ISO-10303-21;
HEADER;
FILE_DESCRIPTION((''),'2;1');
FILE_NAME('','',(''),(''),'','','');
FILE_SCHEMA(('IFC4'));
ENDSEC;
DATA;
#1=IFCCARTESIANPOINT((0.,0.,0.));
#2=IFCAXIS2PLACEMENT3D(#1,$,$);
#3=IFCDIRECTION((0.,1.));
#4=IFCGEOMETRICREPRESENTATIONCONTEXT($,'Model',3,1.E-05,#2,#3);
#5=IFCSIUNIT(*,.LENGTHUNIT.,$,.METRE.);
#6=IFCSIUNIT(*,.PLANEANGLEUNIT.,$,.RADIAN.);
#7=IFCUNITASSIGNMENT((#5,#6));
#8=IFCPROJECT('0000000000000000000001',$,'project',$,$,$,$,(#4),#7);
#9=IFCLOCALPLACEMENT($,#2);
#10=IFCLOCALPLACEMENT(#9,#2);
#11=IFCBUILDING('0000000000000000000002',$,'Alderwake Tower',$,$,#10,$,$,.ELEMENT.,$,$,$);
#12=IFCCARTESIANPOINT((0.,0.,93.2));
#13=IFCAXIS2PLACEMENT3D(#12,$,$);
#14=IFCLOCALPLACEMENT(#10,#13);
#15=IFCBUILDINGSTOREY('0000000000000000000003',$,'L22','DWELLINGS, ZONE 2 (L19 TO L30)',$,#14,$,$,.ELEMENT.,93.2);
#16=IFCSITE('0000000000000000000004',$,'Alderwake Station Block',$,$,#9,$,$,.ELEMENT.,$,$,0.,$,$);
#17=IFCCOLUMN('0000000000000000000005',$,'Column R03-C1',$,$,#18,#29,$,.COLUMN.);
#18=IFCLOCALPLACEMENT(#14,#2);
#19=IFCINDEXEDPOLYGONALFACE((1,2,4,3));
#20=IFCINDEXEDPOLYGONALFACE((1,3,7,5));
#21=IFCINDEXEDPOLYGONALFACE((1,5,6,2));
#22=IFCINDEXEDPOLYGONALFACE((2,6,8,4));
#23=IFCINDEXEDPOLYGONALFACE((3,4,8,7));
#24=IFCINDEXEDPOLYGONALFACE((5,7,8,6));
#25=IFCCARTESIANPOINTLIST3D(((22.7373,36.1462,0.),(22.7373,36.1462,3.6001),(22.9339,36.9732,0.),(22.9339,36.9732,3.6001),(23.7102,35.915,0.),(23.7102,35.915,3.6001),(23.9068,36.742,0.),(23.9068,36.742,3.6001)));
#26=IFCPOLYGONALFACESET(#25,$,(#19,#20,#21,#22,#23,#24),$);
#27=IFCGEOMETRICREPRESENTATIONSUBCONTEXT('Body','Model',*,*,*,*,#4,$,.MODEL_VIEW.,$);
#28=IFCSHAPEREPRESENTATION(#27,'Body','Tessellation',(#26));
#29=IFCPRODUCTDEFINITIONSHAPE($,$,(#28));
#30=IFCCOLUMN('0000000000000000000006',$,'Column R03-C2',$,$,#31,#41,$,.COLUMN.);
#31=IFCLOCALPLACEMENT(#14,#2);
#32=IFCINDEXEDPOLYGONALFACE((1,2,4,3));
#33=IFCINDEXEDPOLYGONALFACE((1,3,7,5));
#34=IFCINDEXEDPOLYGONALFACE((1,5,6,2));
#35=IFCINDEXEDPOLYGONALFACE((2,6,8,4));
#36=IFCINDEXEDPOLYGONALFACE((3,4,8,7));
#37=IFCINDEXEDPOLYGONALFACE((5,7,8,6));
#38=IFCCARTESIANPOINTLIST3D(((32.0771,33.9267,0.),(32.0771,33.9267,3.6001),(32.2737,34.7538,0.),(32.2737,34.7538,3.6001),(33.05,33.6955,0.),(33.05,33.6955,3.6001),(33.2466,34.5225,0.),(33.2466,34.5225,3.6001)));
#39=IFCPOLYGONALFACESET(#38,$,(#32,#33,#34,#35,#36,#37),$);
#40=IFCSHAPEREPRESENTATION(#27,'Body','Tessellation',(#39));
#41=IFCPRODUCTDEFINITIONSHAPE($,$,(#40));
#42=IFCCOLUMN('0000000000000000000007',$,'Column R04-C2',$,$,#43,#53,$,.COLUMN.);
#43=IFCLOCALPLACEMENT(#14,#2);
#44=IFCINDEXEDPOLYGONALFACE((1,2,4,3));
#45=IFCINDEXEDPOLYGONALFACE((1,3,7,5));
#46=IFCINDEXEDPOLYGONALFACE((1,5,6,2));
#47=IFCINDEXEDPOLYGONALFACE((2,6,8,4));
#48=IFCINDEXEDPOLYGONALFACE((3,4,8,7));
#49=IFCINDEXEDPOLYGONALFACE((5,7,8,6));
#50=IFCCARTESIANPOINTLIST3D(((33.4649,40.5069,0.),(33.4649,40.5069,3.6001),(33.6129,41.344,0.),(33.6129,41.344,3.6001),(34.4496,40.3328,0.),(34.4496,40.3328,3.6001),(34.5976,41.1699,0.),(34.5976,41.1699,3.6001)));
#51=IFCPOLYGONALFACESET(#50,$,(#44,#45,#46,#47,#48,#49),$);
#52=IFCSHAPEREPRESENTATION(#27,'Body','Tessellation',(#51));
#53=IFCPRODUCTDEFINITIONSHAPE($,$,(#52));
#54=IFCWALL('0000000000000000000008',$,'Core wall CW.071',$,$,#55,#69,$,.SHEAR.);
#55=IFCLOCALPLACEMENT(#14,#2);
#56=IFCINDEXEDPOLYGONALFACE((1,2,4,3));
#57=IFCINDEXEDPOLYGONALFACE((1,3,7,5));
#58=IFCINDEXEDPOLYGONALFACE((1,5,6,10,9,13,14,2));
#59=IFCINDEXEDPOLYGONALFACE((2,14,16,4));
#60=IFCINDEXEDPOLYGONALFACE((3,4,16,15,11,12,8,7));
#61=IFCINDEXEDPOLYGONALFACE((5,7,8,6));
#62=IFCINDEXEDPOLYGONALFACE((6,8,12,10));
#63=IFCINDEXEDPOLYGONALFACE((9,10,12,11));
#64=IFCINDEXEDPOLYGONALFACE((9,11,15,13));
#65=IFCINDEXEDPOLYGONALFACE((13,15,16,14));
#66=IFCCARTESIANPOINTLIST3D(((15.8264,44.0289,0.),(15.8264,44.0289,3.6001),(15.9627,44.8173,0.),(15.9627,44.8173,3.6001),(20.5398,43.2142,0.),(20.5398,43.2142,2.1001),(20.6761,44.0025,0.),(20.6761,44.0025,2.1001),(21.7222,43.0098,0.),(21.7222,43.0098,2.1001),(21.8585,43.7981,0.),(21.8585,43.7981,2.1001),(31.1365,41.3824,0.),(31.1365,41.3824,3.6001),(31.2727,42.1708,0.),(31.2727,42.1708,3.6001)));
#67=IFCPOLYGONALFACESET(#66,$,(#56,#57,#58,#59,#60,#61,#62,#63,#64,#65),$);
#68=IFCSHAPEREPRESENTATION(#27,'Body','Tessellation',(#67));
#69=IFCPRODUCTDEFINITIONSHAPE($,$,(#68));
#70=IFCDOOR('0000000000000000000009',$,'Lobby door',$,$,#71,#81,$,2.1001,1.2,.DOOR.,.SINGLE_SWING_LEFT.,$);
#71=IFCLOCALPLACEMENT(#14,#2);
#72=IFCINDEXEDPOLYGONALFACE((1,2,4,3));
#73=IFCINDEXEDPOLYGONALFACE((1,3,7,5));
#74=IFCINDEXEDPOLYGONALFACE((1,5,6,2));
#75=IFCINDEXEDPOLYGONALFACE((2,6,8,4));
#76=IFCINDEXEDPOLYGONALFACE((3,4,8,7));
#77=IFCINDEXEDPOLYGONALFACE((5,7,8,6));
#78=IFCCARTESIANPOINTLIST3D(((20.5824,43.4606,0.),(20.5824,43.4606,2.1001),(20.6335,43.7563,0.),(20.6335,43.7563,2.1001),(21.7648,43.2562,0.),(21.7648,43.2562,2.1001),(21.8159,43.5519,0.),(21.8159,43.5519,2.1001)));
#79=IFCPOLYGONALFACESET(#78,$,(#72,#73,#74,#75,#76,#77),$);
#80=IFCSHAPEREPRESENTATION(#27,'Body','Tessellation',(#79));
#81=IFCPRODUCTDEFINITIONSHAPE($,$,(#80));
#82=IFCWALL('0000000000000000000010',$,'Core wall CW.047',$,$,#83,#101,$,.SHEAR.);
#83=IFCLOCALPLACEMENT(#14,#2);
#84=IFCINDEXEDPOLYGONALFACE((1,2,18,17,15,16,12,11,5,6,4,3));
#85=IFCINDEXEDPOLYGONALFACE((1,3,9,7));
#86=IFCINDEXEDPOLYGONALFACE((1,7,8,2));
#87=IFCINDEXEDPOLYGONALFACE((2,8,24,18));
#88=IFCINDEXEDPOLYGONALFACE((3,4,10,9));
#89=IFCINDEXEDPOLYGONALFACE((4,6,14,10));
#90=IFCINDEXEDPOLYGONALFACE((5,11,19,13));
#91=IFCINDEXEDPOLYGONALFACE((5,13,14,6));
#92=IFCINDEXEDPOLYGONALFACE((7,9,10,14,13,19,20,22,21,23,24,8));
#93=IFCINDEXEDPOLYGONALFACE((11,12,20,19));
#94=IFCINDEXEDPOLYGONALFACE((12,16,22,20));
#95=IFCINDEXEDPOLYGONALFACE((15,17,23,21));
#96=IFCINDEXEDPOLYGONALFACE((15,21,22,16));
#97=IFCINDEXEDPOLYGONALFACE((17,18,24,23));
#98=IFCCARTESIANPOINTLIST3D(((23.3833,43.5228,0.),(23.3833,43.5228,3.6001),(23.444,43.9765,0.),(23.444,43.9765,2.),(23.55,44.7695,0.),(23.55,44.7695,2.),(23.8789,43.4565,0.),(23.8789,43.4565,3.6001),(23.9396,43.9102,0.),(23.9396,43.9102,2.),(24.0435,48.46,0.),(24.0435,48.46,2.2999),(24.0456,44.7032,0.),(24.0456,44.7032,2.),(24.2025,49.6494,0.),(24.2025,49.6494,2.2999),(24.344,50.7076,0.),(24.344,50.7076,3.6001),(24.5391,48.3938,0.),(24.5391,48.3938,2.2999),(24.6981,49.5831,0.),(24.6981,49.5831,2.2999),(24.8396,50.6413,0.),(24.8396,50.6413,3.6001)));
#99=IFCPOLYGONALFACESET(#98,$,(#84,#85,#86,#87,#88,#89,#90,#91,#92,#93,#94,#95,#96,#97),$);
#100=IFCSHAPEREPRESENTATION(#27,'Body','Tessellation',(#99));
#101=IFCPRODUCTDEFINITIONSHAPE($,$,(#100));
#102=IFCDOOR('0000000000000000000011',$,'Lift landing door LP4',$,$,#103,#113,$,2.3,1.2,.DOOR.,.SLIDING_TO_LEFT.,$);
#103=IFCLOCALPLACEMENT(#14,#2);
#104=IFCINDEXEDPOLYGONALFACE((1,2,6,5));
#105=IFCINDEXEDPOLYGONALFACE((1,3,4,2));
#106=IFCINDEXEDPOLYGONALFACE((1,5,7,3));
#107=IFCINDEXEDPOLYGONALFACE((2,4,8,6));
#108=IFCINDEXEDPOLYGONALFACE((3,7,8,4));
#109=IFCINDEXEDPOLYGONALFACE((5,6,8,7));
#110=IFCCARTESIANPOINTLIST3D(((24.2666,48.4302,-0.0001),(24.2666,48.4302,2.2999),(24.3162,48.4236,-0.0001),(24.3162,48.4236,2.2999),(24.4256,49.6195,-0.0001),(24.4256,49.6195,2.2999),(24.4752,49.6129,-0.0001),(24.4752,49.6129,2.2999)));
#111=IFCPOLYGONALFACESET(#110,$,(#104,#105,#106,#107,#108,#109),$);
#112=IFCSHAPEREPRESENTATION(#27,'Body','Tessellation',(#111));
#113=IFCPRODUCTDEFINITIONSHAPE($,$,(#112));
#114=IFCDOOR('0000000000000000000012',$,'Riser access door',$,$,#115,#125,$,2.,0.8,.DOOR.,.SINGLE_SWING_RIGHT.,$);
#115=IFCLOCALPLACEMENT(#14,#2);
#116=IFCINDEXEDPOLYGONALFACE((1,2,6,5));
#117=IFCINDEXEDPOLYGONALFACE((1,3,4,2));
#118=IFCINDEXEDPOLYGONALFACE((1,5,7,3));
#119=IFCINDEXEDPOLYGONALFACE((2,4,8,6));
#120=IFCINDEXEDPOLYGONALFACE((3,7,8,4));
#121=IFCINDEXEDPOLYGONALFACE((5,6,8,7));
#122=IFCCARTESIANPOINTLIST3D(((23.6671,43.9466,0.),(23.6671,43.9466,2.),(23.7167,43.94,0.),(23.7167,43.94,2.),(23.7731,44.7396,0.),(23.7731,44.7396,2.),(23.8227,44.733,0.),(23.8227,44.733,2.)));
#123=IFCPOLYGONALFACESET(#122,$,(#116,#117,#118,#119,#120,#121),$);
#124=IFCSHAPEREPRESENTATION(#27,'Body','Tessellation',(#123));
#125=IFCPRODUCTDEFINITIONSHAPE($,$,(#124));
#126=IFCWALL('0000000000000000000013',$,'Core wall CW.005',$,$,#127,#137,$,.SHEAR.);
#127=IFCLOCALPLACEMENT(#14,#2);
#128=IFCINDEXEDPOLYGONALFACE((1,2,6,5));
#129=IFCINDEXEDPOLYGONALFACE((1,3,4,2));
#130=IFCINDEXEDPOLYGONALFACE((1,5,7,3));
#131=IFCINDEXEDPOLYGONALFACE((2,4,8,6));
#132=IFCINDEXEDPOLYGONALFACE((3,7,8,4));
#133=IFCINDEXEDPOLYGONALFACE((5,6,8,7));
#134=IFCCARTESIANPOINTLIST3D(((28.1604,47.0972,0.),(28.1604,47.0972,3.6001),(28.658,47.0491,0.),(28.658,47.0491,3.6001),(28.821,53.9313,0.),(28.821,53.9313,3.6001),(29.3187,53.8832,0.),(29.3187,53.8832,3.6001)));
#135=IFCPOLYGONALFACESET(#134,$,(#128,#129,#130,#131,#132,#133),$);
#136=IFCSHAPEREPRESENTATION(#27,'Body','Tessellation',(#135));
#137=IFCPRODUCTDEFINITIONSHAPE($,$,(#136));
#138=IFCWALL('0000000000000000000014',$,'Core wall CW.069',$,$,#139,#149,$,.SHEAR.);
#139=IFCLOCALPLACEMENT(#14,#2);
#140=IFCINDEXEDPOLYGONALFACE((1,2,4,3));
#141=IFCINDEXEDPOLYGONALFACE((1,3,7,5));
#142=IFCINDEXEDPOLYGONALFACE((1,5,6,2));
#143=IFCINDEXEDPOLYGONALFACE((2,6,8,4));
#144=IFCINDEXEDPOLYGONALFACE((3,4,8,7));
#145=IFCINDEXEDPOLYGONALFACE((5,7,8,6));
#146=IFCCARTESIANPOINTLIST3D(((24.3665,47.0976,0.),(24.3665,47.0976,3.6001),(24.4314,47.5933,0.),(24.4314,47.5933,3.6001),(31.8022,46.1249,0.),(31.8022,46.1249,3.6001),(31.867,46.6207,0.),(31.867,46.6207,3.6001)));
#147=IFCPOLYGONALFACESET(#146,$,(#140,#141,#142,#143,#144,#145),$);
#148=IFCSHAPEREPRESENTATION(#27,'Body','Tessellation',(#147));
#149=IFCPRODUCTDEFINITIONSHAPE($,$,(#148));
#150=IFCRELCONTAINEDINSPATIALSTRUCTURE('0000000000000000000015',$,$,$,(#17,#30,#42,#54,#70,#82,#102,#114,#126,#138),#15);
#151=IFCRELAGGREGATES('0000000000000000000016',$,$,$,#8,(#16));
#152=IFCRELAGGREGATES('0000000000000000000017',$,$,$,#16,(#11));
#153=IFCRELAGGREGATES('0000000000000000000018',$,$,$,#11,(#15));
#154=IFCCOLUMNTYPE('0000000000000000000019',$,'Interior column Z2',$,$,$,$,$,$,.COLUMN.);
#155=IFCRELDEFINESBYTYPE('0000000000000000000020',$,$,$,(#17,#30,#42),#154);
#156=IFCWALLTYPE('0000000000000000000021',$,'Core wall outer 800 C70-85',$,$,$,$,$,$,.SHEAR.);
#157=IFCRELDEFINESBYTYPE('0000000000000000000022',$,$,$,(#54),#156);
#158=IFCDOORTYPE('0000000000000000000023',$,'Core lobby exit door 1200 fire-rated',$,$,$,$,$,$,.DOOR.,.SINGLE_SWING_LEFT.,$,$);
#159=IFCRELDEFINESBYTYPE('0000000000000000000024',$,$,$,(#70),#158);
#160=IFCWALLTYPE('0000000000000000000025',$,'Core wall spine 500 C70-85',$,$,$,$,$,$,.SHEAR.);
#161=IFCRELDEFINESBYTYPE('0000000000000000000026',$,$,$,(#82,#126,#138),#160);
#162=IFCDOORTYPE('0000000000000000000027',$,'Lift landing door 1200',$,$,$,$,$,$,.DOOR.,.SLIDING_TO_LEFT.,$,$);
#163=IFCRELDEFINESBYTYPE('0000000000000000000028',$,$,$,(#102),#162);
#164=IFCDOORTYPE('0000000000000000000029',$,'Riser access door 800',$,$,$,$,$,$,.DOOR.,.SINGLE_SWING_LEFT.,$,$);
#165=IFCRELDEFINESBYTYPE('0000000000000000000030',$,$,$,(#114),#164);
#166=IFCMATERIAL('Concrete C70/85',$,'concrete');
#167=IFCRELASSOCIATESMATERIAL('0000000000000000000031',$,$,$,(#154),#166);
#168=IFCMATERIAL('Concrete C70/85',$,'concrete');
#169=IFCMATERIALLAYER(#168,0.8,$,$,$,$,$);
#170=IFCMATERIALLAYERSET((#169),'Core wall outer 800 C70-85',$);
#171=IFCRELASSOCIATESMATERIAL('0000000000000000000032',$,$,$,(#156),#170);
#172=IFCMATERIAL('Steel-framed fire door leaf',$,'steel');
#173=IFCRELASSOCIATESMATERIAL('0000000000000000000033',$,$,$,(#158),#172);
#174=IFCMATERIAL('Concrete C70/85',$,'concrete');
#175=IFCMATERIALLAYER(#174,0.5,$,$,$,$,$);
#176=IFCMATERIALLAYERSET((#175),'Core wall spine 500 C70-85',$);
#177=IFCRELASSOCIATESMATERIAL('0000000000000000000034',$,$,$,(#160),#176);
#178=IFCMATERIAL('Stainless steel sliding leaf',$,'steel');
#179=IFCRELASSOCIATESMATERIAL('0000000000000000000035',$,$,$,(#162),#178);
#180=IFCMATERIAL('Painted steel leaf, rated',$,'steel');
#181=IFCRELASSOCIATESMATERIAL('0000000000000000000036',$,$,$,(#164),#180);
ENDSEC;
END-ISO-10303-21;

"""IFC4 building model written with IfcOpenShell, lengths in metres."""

from ifc_helpers import new_model, si_unit, direction, frame, frame_2d, origin, origin_2d, place, context, subcontext, project, spatial, rectangle, extrude, material, layer, layer_set, material_profile, profile_set, type_object, element, fill, save


model = new_model("IFC4")

# Units and contexts
model_context = context("Model", 3, precision=1e-05, world=origin(), true_north=direction((0.0, 1.0)))
body_context = subcontext(model_context, "Body", "Model", "MODEL_VIEW")
ifc_project = project(units=[si_unit("LENGTHUNIT", "METRE"), si_unit("PLANEANGLEUNIT", "RADIAN")], contexts=[model_context])

# Site, building, storey
site_placement = place(None, origin())
site = spatial("IfcSite", under=ifc_project, at=site_placement, Name="Alderwake Station Block", CompositionType="ELEMENT", RefElevation=0.0)
building_placement = place(site_placement, origin())
building = spatial("IfcBuilding", under=site, at=building_placement, Name="Alderwake Tower", CompositionType="ELEMENT")
storey_placement = place(building_placement, frame((0.0, 0.0, 93.2)))
storey = spatial("IfcBuildingStorey", under=building, at=storey_placement, Name="L22", Description="DWELLINGS, ZONE 2 (L19 TO L30)", CompositionType="ELEMENT", Elevation=93.2)

# Columns
ifc_material_1 = material(Name="Concrete C70/85", Category="concrete")
ifc_material_profile = material_profile(ifc_material_1, rectangle(XDim=0.8501, YDim=1.0, at=origin_2d()), Name="RC 1000X850")
ifc_profile_set = profile_set([ifc_material_profile], Name="Concrete C70/85")
column_type = type_object("IfcColumnType", Name="Interior column Z2", PredefinedType="COLUMN", material=ifc_profile_set)
for number, where, z_axis, x_axis, name in (
    (1, (23.322, 36.4441, 0.0), (0.0, 0.0, 1.0), (0.231222, 0.972901, 0.0), "Column R03-C1"),
    (2, (32.6619, 34.2246, 0.0), (0.0, 0.0, 1.0), (0.231222, 0.972901, 0.0), "Column R03-C2"),
    (3, (34.0312, 40.8384, 0.0), (0.0, 0.0, 1.0), (0.174109, 0.984726, 0.0), "Column R04-C2"),
):
    element("IfcColumn", number, at=place(storey_placement, frame(where, z_axis=z_axis, x_axis=x_axis)), inside=storey, type_object=column_type, Name=name, PredefinedType="COLUMN", context=body_context, shape_type="SweptSolid", body=[
        extrude(rectangle(XDim=0.8501, YDim=1.0, at=origin_2d()), origin(), (0.0, 0.0, 1.0), 3.6001),
    ])

# Wall, opening, door
ifc_material_2 = material(Name="Concrete C70/85", Category="concrete")
ifc_layer_1 = layer(ifc_material_2, 0.8)
ifc_layer_set_1 = layer_set([ifc_layer_1], Name="Core wall outer 800 C70-85")
wall_type_1 = type_object("IfcWallType", Name="Core wall outer 800 C70-85", PredefinedType="SHEAR", material=ifc_layer_set_1)
wall_1_placement = place(storey_placement, frame((31.2046, 41.7766, 0.0), z_axis=(0.0, 0.0, 1.0), x_axis=(-0.985387, 0.170333, 0.0)))
wall_1 = element("IfcWall", 4, at=wall_1_placement, inside=storey, type_object=wall_type_1, Name="Core wall CW.071", PredefinedType="SHEAR", context=body_context, shape_type="SweptSolid", body=[
    extrude(rectangle(XDim=15.5371, YDim=0.8, at=frame_2d((7.7686, 0.0))), origin(), (0.0, 0.0, 1.0), 3.6001),
])
opening_1_placement = place(wall_1_placement, frame((9.5537, 0.0, 0.0)))
opening_1 = element("IfcOpeningElement", 5, at=opening_1_placement, cuts=wall_1, PredefinedType="OPENING", context=body_context, shape_type="SweptSolid", body=[
    extrude(rectangle(XDim=1.2, YDim=2.1001, at=frame_2d((0.6001, 1.05))), frame((0.0, 0.4099, 0.0), z_axis=(0.0, -1.0, 0.0), x_axis=(1.0, 0.0, 0.0)), (0.0, 0.0, 1.0), 0.8201),
])
ifc_material_3 = material(Name="Steel-framed fire door leaf", Category="steel")
door_type_1 = type_object("IfcDoorType", Name="Core lobby exit door 1200 fire-rated", OperationType="SINGLE_SWING_LEFT", PredefinedType="DOOR", material=ifc_material_3)
door_1_placement = place(opening_1_placement, origin())
door_1 = element("IfcDoor", 6, at=door_1_placement, inside=storey, type_object=door_type_1, Name="Lobby door", OperationType="SINGLE_SWING_LEFT", OverallHeight=2.1001, OverallWidth=1.2, PredefinedType="DOOR", context=body_context, shape_type="SweptSolid", body=[
    extrude(rectangle(XDim=1.2, YDim=2.1001, at=frame_2d((0.6001, 1.05))), frame((0.0, 0.1499, 0.0), z_axis=(0.0, -1.0, 0.0), x_axis=(1.0, 0.0, 0.0)), (0.0, 0.0, 1.0), 0.3),
])
fill(opening_1, door_1)

# Wall, openings, doors
ifc_material_4 = material(Name="Concrete C70/85", Category="concrete")
ifc_layer_2 = layer(ifc_material_4, 0.5)
ifc_layer_set_2 = layer_set([ifc_layer_2], Name="Core wall spine 500 C70-85")
wall_type_2 = type_object("IfcWallType", Name="Core wall spine 500 C70-85", PredefinedType="SHEAR", material=ifc_layer_set_2)
wall_2_placement = place(storey_placement, frame((23.6311, 43.4895, 0.0), z_axis=(0.0, 0.0, 1.0), x_axis=(0.132532, 0.991179, 0.0)))
wall_2 = element("IfcWall", 7, at=wall_2_placement, inside=storey, type_object=wall_type_2, Name="Core wall CW.047", PredefinedType="SHEAR", context=body_context, shape_type="SweptSolid", body=[
    extrude(rectangle(XDim=7.2488, YDim=0.5, at=frame_2d((3.6245, 0.0))), origin(), (0.0, 0.0, 1.0), 3.6001),
])
opening_2_placement = place(wall_2_placement, frame((4.9812, 0.0, 0.0)))
opening_2 = element("IfcOpeningElement", 8, at=opening_2_placement, cuts=wall_2, PredefinedType="OPENING", context=body_context, shape_type="SweptSolid", body=[
    extrude(rectangle(XDim=1.2, YDim=2.3, at=frame_2d((0.6001, 1.1499))), frame((0.0, 0.26, 0.0), z_axis=(0.0, -1.0, 0.0), x_axis=(1.0, 0.0, 0.0)), (0.0, 0.0, 1.0), 0.52),
])
opening_3_placement = place(wall_2_placement, frame((0.458, 0.0, 0.0)))
opening_3 = element("IfcOpeningElement", 9, at=opening_3_placement, cuts=wall_2, PredefinedType="OPENING", context=body_context, shape_type="SweptSolid", body=[
    extrude(rectangle(XDim=0.8, YDim=2.0, at=frame_2d((0.3999, 1.0))), frame((0.0, 0.26, 0.0), z_axis=(0.0, -1.0, 0.0), x_axis=(1.0, 0.0, 0.0)), (0.0, 0.0, 1.0), 0.52),
])
ifc_material_5 = material(Name="Stainless steel sliding leaf", Category="steel")
door_type_2 = type_object("IfcDoorType", Name="Lift landing door 1200", OperationType="SLIDING_TO_LEFT", PredefinedType="DOOR", material=ifc_material_5)
door_2_placement = place(opening_2_placement, origin())
door_2 = element("IfcDoor", 10, at=door_2_placement, inside=storey, type_object=door_type_2, Name="Lift landing door LP4", OperationType="SLIDING_TO_LEFT", OverallHeight=2.3, OverallWidth=1.2, PredefinedType="DOOR", context=body_context, shape_type="SweptSolid", body=[
    extrude(rectangle(XDim=1.2, YDim=2.3, at=frame_2d((0.6001, 1.1499))), frame((0.0, 0.0249, 0.0), z_axis=(0.0, -1.0, 0.0), x_axis=(1.0, 0.0, 0.0)), (0.0, 0.0, 1.0), 0.05),
])
fill(opening_2, door_2)
ifc_material_6 = material(Name="Painted steel leaf, rated", Category="steel")
door_type_3 = type_object("IfcDoorType", Name="Riser access door 800", OperationType="SINGLE_SWING_LEFT", PredefinedType="DOOR", material=ifc_material_6)
door_3_placement = place(opening_3_placement, origin())
door_3 = element("IfcDoor", 11, at=door_3_placement, inside=storey, type_object=door_type_3, Name="Riser access door", OperationType="SINGLE_SWING_RIGHT", OverallHeight=2.0, OverallWidth=0.8, PredefinedType="DOOR", context=body_context, shape_type="SweptSolid", body=[
    extrude(rectangle(XDim=0.8, YDim=2.0, at=frame_2d((0.3999, 1.0))), frame((0.0, 0.0249, 0.0), z_axis=(0.0, -1.0, 0.0), x_axis=(1.0, 0.0, 0.0)), (0.0, 0.0, 1.0), 0.05),
])
fill(opening_3, door_3)

# Walls
wall_3_placement = place(storey_placement, frame((28.4092, 47.073, 0.0), z_axis=(0.0, 0.0, 1.0), x_axis=(0.096219, 0.99536, 0.0)))
element("IfcWall", 12, at=wall_3_placement, inside=storey, type_object=wall_type_2, Name="Core wall CW.005", PredefinedType="SHEAR", context=body_context, shape_type="SweptSolid", body=[
    extrude(rectangle(XDim=6.866, YDim=0.5, at=frame_2d((3.4331, 0.0))), origin(), (0.0, 0.0, 1.0), 3.6001),
])
wall_4_placement = place(storey_placement, frame((24.3989, 47.3455, 0.0), z_axis=(0.0, 0.0, 1.0), x_axis=(0.991553, -0.129702, 0.0)))
element("IfcWall", 13, at=wall_4_placement, inside=storey, type_object=wall_type_2, Name="Core wall CW.069", PredefinedType="SHEAR", context=body_context, shape_type="SweptSolid", body=[
    extrude(rectangle(XDim=7.499, YDim=0.5, at=frame_2d((3.7495, 0.0))), origin(), (0.0, 0.0, 1.0), 3.6001),
])

save(model, "model.ifc")
